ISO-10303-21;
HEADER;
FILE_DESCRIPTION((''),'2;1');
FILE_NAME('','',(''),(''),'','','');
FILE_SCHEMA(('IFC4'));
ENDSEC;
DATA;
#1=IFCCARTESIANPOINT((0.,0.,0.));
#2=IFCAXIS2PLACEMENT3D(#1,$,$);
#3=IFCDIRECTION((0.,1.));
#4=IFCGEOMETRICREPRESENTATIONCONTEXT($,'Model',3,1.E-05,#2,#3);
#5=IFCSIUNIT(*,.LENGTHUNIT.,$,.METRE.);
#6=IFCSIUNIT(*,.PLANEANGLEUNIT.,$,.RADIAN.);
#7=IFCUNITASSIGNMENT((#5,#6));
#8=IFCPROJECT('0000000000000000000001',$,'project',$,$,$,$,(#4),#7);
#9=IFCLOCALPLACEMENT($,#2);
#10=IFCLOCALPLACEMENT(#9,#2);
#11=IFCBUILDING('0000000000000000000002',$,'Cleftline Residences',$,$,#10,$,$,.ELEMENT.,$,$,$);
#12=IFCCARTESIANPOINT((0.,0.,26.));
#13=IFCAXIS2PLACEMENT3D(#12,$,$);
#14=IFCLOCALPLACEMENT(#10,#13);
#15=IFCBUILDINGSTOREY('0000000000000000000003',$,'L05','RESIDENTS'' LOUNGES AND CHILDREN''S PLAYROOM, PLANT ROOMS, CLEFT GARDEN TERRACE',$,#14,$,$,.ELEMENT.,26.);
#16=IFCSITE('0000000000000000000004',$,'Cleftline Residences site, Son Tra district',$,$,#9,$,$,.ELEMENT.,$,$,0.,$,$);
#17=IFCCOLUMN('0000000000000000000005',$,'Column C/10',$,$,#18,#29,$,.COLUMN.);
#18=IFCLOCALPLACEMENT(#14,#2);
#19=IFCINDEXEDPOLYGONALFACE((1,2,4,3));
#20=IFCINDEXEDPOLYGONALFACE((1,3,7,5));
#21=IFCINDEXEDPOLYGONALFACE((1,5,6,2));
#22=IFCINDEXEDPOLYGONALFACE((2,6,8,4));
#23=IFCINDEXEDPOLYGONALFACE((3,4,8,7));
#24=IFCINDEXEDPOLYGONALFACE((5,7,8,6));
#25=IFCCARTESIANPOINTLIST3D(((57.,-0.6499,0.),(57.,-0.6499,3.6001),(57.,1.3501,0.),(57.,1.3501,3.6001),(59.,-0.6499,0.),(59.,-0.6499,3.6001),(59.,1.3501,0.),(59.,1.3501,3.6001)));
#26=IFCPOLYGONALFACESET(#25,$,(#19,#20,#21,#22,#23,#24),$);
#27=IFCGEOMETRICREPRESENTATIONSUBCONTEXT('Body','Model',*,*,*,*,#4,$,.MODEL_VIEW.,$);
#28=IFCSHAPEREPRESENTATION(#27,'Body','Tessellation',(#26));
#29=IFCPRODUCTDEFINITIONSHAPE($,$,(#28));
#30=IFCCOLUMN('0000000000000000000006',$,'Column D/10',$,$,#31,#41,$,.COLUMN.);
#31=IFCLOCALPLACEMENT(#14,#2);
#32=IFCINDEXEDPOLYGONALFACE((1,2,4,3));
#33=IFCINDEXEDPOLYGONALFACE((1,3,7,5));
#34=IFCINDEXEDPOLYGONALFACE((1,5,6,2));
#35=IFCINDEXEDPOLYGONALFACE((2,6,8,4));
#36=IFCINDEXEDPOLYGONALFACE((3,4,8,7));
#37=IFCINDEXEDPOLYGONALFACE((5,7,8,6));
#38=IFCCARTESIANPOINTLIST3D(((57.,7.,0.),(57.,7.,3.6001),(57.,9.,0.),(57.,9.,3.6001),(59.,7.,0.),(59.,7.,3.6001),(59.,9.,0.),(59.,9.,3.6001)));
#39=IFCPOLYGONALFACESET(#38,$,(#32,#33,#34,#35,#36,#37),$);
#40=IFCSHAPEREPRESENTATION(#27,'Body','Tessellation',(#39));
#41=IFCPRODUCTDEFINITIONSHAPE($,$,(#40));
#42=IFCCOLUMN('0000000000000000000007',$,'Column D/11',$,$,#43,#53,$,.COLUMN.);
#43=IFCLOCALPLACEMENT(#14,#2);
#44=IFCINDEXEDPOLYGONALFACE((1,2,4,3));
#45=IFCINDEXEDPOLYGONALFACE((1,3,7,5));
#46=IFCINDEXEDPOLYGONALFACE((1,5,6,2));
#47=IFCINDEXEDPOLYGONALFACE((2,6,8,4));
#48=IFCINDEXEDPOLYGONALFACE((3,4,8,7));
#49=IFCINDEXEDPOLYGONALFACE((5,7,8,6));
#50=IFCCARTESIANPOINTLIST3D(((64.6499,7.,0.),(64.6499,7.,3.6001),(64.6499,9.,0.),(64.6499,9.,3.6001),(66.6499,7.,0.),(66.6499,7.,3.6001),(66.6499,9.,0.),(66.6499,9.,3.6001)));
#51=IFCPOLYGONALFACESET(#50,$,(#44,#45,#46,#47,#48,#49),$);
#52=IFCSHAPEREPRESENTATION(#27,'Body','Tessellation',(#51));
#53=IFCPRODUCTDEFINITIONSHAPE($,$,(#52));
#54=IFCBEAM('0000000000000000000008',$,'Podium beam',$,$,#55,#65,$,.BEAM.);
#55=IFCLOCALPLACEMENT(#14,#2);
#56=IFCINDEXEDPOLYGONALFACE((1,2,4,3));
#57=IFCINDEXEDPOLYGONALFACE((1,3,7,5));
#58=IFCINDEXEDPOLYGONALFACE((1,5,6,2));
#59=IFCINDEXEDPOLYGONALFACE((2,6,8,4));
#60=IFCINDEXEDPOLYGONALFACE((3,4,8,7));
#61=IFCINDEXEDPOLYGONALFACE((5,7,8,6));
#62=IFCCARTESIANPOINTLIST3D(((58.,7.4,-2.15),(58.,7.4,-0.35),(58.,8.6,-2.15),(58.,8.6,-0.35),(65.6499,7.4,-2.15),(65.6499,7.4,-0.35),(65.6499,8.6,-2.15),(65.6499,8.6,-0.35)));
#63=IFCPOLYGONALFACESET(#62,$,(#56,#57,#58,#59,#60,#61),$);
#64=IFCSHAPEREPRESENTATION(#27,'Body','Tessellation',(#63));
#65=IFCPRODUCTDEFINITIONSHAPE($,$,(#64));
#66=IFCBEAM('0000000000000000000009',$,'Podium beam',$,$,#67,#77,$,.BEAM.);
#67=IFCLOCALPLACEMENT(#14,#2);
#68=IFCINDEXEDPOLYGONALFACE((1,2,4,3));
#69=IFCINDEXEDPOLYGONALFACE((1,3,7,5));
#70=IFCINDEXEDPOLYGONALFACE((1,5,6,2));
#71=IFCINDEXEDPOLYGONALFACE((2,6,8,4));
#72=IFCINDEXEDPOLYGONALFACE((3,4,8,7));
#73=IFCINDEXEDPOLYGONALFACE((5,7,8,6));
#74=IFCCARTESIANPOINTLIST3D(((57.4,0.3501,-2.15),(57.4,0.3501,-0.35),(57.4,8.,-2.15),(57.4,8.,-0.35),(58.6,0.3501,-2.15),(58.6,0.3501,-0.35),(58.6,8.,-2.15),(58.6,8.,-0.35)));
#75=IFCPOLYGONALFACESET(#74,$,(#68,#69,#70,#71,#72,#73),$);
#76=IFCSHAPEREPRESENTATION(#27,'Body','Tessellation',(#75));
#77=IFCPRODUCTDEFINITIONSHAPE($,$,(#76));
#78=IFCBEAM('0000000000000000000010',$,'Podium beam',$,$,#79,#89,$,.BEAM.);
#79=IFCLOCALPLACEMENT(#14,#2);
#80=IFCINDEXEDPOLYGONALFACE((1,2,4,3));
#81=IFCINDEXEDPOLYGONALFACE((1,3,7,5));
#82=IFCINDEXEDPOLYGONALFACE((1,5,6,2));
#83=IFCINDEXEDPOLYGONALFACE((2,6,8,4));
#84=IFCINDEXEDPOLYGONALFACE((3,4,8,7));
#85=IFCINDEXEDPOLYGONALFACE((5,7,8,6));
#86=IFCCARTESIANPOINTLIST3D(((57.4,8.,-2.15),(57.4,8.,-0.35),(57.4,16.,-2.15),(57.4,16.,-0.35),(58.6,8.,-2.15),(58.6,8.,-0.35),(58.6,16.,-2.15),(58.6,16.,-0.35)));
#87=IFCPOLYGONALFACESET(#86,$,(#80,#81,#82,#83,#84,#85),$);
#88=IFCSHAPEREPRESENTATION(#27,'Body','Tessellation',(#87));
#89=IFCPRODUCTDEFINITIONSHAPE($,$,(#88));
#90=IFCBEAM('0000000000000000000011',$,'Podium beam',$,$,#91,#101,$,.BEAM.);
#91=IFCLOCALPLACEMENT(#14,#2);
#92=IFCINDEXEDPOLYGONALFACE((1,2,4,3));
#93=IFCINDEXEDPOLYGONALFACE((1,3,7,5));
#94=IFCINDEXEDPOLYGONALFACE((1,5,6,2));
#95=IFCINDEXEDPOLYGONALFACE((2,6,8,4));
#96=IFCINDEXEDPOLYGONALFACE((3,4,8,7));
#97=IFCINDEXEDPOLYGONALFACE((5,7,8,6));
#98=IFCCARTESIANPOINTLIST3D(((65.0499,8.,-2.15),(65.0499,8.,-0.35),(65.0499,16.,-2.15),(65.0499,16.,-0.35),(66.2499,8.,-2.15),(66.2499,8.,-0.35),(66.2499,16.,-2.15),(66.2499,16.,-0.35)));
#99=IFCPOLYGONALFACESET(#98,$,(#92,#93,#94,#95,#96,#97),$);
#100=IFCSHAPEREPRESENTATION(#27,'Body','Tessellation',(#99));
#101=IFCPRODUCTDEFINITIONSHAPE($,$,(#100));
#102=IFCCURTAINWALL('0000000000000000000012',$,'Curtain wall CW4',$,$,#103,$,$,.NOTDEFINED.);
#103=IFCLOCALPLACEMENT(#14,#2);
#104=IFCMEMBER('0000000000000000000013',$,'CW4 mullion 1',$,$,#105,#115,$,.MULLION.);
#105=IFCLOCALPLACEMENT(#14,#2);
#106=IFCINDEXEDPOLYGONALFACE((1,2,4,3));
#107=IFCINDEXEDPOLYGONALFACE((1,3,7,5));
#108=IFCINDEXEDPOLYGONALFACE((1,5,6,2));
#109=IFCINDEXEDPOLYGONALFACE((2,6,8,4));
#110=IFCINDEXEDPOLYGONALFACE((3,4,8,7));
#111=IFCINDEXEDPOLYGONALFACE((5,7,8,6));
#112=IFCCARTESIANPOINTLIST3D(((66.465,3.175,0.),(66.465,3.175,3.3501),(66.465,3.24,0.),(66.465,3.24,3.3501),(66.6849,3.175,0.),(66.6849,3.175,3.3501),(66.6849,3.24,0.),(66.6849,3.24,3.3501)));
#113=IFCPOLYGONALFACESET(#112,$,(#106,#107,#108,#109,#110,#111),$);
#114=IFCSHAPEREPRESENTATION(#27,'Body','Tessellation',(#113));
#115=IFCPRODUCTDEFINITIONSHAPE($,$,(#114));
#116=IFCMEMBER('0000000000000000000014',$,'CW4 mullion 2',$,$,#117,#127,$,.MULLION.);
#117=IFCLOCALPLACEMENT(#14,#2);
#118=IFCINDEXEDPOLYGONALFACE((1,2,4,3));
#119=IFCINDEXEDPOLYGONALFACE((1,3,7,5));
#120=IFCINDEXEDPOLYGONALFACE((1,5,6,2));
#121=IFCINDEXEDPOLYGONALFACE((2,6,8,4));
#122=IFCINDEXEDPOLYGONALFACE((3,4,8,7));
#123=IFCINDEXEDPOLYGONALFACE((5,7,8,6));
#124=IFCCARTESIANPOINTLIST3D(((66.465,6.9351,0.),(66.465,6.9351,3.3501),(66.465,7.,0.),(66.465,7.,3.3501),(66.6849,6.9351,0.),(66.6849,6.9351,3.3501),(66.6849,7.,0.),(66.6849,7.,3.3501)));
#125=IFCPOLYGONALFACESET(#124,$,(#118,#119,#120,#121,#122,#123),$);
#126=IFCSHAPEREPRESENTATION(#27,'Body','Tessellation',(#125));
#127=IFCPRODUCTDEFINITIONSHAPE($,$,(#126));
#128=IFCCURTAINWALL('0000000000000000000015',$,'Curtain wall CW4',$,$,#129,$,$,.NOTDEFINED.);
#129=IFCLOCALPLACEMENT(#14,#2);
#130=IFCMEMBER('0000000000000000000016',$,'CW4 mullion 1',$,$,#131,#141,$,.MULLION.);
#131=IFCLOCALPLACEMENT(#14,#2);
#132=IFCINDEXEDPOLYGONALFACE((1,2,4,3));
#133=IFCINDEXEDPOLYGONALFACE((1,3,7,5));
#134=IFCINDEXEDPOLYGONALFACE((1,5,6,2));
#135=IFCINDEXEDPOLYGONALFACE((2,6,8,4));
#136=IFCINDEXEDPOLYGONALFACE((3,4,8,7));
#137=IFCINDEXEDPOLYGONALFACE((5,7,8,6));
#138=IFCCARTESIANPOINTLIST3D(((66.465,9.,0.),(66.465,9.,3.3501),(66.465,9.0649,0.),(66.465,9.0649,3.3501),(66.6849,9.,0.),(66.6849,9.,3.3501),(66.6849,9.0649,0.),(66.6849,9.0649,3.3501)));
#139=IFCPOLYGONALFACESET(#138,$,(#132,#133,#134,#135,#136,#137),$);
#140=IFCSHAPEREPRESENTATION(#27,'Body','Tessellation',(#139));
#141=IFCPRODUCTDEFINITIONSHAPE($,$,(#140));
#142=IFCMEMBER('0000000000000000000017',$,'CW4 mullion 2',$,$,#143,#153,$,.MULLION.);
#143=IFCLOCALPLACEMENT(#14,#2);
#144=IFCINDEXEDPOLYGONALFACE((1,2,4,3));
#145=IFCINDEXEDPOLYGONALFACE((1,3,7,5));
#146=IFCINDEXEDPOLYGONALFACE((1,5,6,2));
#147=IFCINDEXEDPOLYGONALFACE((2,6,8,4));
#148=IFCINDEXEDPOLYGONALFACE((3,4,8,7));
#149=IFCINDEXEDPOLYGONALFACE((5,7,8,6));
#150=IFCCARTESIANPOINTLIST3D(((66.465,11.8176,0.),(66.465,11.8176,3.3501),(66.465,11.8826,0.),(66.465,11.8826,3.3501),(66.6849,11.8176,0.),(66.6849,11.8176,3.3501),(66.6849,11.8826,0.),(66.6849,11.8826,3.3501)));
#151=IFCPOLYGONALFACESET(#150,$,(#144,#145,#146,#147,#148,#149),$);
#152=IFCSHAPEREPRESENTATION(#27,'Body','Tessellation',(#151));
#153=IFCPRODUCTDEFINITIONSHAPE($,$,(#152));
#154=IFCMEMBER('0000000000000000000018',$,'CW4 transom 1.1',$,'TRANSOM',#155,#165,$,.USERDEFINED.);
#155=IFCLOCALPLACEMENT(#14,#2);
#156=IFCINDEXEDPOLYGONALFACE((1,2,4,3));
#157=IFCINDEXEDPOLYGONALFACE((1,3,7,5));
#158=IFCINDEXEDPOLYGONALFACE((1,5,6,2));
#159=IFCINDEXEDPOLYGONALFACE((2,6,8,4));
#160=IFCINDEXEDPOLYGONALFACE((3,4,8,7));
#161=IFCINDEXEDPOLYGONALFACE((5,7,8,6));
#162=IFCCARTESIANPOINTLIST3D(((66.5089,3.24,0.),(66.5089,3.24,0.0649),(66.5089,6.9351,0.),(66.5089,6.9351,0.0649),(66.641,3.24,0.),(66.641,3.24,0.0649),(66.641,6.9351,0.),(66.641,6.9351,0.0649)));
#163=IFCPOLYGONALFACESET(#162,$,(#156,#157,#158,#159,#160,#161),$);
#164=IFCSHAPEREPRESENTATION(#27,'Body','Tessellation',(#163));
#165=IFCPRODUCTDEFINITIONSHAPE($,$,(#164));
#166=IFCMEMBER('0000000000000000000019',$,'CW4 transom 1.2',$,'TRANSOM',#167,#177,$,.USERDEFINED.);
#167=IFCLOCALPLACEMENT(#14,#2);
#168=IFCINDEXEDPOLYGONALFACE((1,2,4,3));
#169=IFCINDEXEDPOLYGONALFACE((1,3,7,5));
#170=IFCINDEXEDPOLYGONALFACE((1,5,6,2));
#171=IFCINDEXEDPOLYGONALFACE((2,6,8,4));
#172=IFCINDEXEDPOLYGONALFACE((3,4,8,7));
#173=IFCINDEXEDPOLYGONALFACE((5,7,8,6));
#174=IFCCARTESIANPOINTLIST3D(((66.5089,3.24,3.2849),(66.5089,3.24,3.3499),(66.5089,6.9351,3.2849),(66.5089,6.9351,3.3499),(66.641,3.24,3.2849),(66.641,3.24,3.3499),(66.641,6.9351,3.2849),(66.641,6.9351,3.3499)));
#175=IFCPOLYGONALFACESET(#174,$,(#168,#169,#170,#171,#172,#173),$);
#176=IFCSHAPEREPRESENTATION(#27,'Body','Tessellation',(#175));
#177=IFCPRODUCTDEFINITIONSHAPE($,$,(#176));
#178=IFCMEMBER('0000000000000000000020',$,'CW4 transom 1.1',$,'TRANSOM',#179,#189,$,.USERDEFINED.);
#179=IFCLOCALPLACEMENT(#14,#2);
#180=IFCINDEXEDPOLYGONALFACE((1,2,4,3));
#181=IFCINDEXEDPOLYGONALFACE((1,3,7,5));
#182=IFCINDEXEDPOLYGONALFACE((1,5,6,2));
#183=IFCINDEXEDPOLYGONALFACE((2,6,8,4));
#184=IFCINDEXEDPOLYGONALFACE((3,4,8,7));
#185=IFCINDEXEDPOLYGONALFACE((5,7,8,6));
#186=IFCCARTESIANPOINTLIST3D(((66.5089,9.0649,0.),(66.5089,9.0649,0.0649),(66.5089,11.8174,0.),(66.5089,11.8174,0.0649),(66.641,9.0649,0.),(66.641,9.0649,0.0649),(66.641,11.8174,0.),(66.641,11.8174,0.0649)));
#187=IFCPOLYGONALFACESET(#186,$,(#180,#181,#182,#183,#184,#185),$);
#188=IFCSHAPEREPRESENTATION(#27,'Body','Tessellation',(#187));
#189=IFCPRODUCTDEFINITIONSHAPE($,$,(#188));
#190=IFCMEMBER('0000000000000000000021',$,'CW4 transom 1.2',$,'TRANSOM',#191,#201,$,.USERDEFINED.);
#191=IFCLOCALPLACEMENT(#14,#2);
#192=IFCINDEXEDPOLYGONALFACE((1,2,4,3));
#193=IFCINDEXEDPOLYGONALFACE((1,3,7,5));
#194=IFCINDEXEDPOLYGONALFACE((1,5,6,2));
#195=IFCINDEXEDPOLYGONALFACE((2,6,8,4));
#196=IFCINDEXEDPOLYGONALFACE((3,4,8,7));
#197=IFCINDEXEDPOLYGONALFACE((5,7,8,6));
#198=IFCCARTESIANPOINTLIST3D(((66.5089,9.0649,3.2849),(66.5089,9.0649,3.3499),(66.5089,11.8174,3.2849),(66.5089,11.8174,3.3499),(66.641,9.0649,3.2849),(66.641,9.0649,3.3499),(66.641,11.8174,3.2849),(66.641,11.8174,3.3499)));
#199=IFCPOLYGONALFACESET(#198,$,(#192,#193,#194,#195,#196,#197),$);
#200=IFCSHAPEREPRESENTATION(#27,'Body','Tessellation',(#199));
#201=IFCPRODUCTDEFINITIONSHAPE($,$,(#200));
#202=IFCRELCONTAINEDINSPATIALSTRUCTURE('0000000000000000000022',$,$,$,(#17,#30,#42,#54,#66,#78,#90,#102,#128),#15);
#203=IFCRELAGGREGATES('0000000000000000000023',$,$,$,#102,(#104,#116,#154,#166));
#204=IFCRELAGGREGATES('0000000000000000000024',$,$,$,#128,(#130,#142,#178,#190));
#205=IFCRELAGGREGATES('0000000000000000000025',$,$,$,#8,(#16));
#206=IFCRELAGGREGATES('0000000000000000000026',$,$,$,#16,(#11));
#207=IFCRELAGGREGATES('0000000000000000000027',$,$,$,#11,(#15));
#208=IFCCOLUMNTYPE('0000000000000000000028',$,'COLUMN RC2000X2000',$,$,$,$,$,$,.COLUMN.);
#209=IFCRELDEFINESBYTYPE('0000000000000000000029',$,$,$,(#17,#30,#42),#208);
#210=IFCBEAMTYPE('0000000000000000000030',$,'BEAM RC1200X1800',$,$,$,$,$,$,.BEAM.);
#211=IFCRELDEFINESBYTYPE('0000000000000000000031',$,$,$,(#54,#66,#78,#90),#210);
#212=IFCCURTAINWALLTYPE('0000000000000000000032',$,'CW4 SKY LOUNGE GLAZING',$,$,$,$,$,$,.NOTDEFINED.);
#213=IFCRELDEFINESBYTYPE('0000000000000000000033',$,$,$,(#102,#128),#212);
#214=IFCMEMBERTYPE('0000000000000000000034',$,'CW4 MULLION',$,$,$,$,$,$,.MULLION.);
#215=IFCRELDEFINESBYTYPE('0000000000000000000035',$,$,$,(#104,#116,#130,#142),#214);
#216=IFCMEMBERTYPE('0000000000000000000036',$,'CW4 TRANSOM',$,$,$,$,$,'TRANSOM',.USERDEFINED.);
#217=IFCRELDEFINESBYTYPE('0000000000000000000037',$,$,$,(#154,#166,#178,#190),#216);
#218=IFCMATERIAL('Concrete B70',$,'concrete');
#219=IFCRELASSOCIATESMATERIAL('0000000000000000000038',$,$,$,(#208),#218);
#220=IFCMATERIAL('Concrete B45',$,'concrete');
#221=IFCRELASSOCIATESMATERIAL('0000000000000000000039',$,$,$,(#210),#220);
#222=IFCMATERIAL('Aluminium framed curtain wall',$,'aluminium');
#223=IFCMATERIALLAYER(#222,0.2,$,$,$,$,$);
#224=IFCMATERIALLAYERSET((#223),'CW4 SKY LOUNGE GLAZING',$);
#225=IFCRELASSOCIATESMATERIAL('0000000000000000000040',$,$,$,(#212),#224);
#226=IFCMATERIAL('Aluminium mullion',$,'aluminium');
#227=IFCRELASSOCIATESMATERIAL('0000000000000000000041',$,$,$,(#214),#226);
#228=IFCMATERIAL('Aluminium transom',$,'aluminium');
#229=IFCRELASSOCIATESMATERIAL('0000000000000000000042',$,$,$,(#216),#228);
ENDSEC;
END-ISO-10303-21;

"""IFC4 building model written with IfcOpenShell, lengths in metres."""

from ifc_helpers import new_model, si_unit, direction, frame, origin, origin_2d, place, context, subcontext, project, spatial, rectangle, extrude, material, layer, layer_set, material_profile, profile_set, type_object, element, aggregate, save


model = new_model("IFC4")

# Units and contexts
model_context = context("Model", 3, precision=1e-05, world=origin(), true_north=direction((0.0, 1.0)))
body_context = subcontext(model_context, "Body", "Model", "MODEL_VIEW")
ifc_project = project(units=[si_unit("LENGTHUNIT", "METRE"), si_unit("PLANEANGLEUNIT", "RADIAN")], contexts=[model_context])

# Site, building, storey
site_placement = place(None, origin())
site = spatial("IfcSite", under=ifc_project, at=site_placement, Name="Cleftline Residences site, Son Tra district", CompositionType="ELEMENT", RefElevation=0.0)
building_placement = place(site_placement, origin())
building = spatial("IfcBuilding", under=site, at=building_placement, Name="Cleftline Residences", CompositionType="ELEMENT")
storey_placement = place(building_placement, frame((0.0, 0.0, 26.0)))
storey = spatial("IfcBuildingStorey", under=building, at=storey_placement, Name="L05", Description="RESIDENTS' LOUNGES AND CHILDREN'S PLAYROOM, PLANT ROOMS, CLEFT GARDEN TERRACE", CompositionType="ELEMENT", Elevation=26.0)

# Columns
ifc_material_1 = material(Name="Concrete B70", Category="concrete")
ifc_material_profile_1 = material_profile(ifc_material_1, rectangle(XDim=2.0, YDim=2.0, at=origin_2d()))
ifc_profile_set_1 = profile_set([ifc_material_profile_1], Name="Concrete B70")
column_type = type_object("IfcColumnType", Name="COLUMN RC2000X2000", PredefinedType="COLUMN", material=ifc_profile_set_1)
for number, where, z_axis, x_axis, name in (
    (1, (58.0, 0.3501, 0.0), (0.0, 0.0, 1.0), (1.0, 0.0, 0.0), "Column C/10"),
    (2, (58.0, 8.0, 0.0), (0.0, 0.0, 1.0), (1.0, 0.0, 0.0), "Column D/10"),
    (3, (65.6499, 8.0, 0.0), (0.0, 0.0, 1.0), (1.0, 0.0, 0.0), "Column D/11"),
):
    element("IfcColumn", number, at=place(storey_placement, frame(where, z_axis=z_axis, x_axis=x_axis)), inside=storey, type_object=column_type, Name=name, PredefinedType="COLUMN", context=body_context, shape_type="SweptSolid", body=[
        extrude(rectangle(XDim=2.0, YDim=2.0, at=origin_2d()), origin(), (0.0, 0.0, 1.0), 3.6001),
    ])

# Beams
ifc_material_2 = material(Name="Concrete B45", Category="concrete")
ifc_material_profile_2 = material_profile(ifc_material_2, rectangle(XDim=1.2, YDim=1.8, at=origin_2d()))
ifc_profile_set_2 = profile_set([ifc_material_profile_2], Name="Concrete B45")
beam_type = type_object("IfcBeamType", Name="BEAM RC1200X1800", PredefinedType="BEAM", material=ifc_profile_set_2)
for number, where, z_axis, x_axis, name in (
    (4, (58.0, 8.0, -1.25), (1.0, 0.0, 0.0), (0.0, 1.0, 0.0), "Podium beam"),
    (5, (58.0, 0.3501, -1.25), (0.0, 1.0, 0.0), (-1.0, 0.0, 0.0), "Podium beam"),
):
    element("IfcBeam", number, at=place(storey_placement, frame(where, z_axis=z_axis, x_axis=x_axis)), inside=storey, type_object=beam_type, Name=name, PredefinedType="BEAM", context=body_context, shape_type="SweptSolid", body=[
        extrude(rectangle(XDim=1.2, YDim=1.8, at=origin_2d()), origin(), (0.0, 0.0, 1.0), 7.6499),
    ])
for number, where, z_axis, x_axis, name in (
    (6, (58.0, 8.0, -1.25), (0.0, 1.0, 0.0), (-1.0, 0.0, 0.0), "Podium beam"),
    (7, (65.6499, 8.0, -1.25), (0.0, 1.0, 0.0), (-1.0, 0.0, 0.0), "Podium beam"),
):
    element("IfcBeam", number, at=place(storey_placement, frame(where, z_axis=z_axis, x_axis=x_axis)), inside=storey, type_object=beam_type, Name=name, PredefinedType="BEAM", context=body_context, shape_type="SweptSolid", body=[
        extrude(rectangle(XDim=1.2, YDim=1.8, at=origin_2d()), origin(), (0.0, 0.0, 1.0), 8.0),
    ])

# Curtain walls, members
ifc_material_3 = material(Name="Aluminium framed curtain wall", Category="aluminium")
ifc_layer_1 = layer(ifc_material_3, 0.2)
ifc_layer_set_1 = layer_set([ifc_layer_1], Name="CW4 SKY LOUNGE GLAZING")
curtain_wall_type = type_object("IfcCurtainWallType", Name="CW4 SKY LOUNGE GLAZING", PredefinedType="NOTDEFINED", material=ifc_layer_set_1)
curtain_wall_1_placement = place(storey_placement, origin())
curtain_wall_1 = element("IfcCurtainWall", 8, at=curtain_wall_1_placement, inside=storey, type_object=curtain_wall_type, Name="Curtain wall CW4", PredefinedType="NOTDEFINED")
ifc_material_4 = material(Name="Aluminium mullion", Category="aluminium")
ifc_material_profile_3 = material_profile(ifc_material_4, rectangle(XDim=0.22, YDim=0.0649, at=origin_2d()))
ifc_profile_set_3 = profile_set([ifc_material_profile_3], Name="Aluminium mullion")
member_type_1 = type_object("IfcMemberType", Name="CW4 MULLION", PredefinedType="MULLION", material=ifc_profile_set_3)
member_1_placement = place(storey_placement, frame((66.575, 3.2075, 0.0), z_axis=(0.0, 0.0, 1.0), x_axis=(-1.0, 0.0, 0.0)))
member_1 = element("IfcMember", 9, at=member_1_placement, type_object=member_type_1, Name="CW4 mullion 1", PredefinedType="MULLION", context=body_context, shape_type="SweptSolid", body=[
    extrude(rectangle(XDim=0.22, YDim=0.0649, at=origin_2d()), origin(), (0.0, 0.0, 1.0), 3.3501),
])
member_2_placement = place(storey_placement, frame((66.575, 6.9675, 0.0), z_axis=(0.0, 0.0, 1.0), x_axis=(-1.0, 0.0, 0.0)))
member_2 = element("IfcMember", 10, at=member_2_placement, type_object=member_type_1, Name="CW4 mullion 2", PredefinedType="MULLION", context=body_context, shape_type="SweptSolid", body=[
    extrude(rectangle(XDim=0.22, YDim=0.0649, at=origin_2d()), origin(), (0.0, 0.0, 1.0), 3.3501),
])
curtain_wall_2_placement = place(storey_placement, origin())
curtain_wall_2 = element("IfcCurtainWall", 11, at=curtain_wall_2_placement, inside=storey, type_object=curtain_wall_type, Name="Curtain wall CW4", PredefinedType="NOTDEFINED")
member_3_placement = place(storey_placement, frame((66.575, 9.0325, 0.0), z_axis=(0.0, 0.0, 1.0), x_axis=(-1.0, 0.0, 0.0)))
member_3 = element("IfcMember", 12, at=member_3_placement, type_object=member_type_1, Name="CW4 mullion 1", PredefinedType="MULLION", context=body_context, shape_type="SweptSolid", body=[
    extrude(rectangle(XDim=0.22, YDim=0.0649, at=origin_2d()), origin(), (0.0, 0.0, 1.0), 3.3501),
])
member_4_placement = place(storey_placement, frame((66.575, 11.8501, 0.0), z_axis=(0.0, 0.0, 1.0), x_axis=(-1.0, 0.0, 0.0)))
member_4 = element("IfcMember", 13, at=member_4_placement, type_object=member_type_1, Name="CW4 mullion 2", PredefinedType="MULLION", context=body_context, shape_type="SweptSolid", body=[
    extrude(rectangle(XDim=0.22, YDim=0.0649, at=origin_2d()), origin(), (0.0, 0.0, 1.0), 3.3501),
])

# Members
ifc_material_5 = material(Name="Aluminium transom", Category="aluminium")
ifc_material_profile_4 = material_profile(ifc_material_5, rectangle(XDim=0.1321, YDim=0.0649, at=origin_2d()))
ifc_profile_set_4 = profile_set([ifc_material_profile_4], Name="Aluminium transom")
member_type_2 = type_object("IfcMemberType", Name="CW4 TRANSOM", ElementType="TRANSOM", PredefinedType="USERDEFINED", material=ifc_profile_set_4)
member_5_placement = place(storey_placement, frame((66.575, 3.24, 0.0325), z_axis=(0.0, 1.0, 0.0), x_axis=(-1.0, 0.0, 0.0)))
member_5 = element("IfcMember", 14, at=member_5_placement, type_object=member_type_2, Name="CW4 transom 1.1", ObjectType="TRANSOM", PredefinedType="USERDEFINED", context=body_context, shape_type="SweptSolid", body=[
    extrude(rectangle(XDim=0.1321, YDim=0.0649, at=origin_2d()), origin(), (0.0, 0.0, 1.0), 3.6951),
])
member_6_placement = place(storey_placement, frame((66.575, 3.24, 3.3174), z_axis=(0.0, 1.0, 0.0), x_axis=(-1.0, 0.0, 0.0)))
member_6 = element("IfcMember", 15, at=member_6_placement, type_object=member_type_2, Name="CW4 transom 1.2", ObjectType="TRANSOM", PredefinedType="USERDEFINED", context=body_context, shape_type="SweptSolid", body=[
    extrude(rectangle(XDim=0.1321, YDim=0.0649, at=origin_2d()), origin(), (0.0, 0.0, 1.0), 3.6951),
])
member_7_placement = place(storey_placement, frame((66.575, 9.0649, 0.0325), z_axis=(0.0, 1.0, 0.0), x_axis=(-1.0, 0.0, 0.0)))
member_7 = element("IfcMember", 16, at=member_7_placement, type_object=member_type_2, Name="CW4 transom 1.1", ObjectType="TRANSOM", PredefinedType="USERDEFINED", context=body_context, shape_type="SweptSolid", body=[
    extrude(rectangle(XDim=0.1321, YDim=0.0649, at=origin_2d()), origin(), (0.0, 0.0, 1.0), 2.7524),
])
member_8_placement = place(storey_placement, frame((66.575, 9.0649, 3.3174), z_axis=(0.0, 1.0, 0.0), x_axis=(-1.0, 0.0, 0.0)))
member_8 = element("IfcMember", 17, at=member_8_placement, type_object=member_type_2, Name="CW4 transom 1.2", ObjectType="TRANSOM", PredefinedType="USERDEFINED", context=body_context, shape_type="SweptSolid", body=[
    extrude(rectangle(XDim=0.1321, YDim=0.0649, at=origin_2d()), origin(), (0.0, 0.0, 1.0), 2.7524),
])

aggregate(curtain_wall_1, [member_1, member_2, member_5, member_6])
aggregate(curtain_wall_2, [member_3, member_4, member_7, member_8])

save(model, "model.ifc")
